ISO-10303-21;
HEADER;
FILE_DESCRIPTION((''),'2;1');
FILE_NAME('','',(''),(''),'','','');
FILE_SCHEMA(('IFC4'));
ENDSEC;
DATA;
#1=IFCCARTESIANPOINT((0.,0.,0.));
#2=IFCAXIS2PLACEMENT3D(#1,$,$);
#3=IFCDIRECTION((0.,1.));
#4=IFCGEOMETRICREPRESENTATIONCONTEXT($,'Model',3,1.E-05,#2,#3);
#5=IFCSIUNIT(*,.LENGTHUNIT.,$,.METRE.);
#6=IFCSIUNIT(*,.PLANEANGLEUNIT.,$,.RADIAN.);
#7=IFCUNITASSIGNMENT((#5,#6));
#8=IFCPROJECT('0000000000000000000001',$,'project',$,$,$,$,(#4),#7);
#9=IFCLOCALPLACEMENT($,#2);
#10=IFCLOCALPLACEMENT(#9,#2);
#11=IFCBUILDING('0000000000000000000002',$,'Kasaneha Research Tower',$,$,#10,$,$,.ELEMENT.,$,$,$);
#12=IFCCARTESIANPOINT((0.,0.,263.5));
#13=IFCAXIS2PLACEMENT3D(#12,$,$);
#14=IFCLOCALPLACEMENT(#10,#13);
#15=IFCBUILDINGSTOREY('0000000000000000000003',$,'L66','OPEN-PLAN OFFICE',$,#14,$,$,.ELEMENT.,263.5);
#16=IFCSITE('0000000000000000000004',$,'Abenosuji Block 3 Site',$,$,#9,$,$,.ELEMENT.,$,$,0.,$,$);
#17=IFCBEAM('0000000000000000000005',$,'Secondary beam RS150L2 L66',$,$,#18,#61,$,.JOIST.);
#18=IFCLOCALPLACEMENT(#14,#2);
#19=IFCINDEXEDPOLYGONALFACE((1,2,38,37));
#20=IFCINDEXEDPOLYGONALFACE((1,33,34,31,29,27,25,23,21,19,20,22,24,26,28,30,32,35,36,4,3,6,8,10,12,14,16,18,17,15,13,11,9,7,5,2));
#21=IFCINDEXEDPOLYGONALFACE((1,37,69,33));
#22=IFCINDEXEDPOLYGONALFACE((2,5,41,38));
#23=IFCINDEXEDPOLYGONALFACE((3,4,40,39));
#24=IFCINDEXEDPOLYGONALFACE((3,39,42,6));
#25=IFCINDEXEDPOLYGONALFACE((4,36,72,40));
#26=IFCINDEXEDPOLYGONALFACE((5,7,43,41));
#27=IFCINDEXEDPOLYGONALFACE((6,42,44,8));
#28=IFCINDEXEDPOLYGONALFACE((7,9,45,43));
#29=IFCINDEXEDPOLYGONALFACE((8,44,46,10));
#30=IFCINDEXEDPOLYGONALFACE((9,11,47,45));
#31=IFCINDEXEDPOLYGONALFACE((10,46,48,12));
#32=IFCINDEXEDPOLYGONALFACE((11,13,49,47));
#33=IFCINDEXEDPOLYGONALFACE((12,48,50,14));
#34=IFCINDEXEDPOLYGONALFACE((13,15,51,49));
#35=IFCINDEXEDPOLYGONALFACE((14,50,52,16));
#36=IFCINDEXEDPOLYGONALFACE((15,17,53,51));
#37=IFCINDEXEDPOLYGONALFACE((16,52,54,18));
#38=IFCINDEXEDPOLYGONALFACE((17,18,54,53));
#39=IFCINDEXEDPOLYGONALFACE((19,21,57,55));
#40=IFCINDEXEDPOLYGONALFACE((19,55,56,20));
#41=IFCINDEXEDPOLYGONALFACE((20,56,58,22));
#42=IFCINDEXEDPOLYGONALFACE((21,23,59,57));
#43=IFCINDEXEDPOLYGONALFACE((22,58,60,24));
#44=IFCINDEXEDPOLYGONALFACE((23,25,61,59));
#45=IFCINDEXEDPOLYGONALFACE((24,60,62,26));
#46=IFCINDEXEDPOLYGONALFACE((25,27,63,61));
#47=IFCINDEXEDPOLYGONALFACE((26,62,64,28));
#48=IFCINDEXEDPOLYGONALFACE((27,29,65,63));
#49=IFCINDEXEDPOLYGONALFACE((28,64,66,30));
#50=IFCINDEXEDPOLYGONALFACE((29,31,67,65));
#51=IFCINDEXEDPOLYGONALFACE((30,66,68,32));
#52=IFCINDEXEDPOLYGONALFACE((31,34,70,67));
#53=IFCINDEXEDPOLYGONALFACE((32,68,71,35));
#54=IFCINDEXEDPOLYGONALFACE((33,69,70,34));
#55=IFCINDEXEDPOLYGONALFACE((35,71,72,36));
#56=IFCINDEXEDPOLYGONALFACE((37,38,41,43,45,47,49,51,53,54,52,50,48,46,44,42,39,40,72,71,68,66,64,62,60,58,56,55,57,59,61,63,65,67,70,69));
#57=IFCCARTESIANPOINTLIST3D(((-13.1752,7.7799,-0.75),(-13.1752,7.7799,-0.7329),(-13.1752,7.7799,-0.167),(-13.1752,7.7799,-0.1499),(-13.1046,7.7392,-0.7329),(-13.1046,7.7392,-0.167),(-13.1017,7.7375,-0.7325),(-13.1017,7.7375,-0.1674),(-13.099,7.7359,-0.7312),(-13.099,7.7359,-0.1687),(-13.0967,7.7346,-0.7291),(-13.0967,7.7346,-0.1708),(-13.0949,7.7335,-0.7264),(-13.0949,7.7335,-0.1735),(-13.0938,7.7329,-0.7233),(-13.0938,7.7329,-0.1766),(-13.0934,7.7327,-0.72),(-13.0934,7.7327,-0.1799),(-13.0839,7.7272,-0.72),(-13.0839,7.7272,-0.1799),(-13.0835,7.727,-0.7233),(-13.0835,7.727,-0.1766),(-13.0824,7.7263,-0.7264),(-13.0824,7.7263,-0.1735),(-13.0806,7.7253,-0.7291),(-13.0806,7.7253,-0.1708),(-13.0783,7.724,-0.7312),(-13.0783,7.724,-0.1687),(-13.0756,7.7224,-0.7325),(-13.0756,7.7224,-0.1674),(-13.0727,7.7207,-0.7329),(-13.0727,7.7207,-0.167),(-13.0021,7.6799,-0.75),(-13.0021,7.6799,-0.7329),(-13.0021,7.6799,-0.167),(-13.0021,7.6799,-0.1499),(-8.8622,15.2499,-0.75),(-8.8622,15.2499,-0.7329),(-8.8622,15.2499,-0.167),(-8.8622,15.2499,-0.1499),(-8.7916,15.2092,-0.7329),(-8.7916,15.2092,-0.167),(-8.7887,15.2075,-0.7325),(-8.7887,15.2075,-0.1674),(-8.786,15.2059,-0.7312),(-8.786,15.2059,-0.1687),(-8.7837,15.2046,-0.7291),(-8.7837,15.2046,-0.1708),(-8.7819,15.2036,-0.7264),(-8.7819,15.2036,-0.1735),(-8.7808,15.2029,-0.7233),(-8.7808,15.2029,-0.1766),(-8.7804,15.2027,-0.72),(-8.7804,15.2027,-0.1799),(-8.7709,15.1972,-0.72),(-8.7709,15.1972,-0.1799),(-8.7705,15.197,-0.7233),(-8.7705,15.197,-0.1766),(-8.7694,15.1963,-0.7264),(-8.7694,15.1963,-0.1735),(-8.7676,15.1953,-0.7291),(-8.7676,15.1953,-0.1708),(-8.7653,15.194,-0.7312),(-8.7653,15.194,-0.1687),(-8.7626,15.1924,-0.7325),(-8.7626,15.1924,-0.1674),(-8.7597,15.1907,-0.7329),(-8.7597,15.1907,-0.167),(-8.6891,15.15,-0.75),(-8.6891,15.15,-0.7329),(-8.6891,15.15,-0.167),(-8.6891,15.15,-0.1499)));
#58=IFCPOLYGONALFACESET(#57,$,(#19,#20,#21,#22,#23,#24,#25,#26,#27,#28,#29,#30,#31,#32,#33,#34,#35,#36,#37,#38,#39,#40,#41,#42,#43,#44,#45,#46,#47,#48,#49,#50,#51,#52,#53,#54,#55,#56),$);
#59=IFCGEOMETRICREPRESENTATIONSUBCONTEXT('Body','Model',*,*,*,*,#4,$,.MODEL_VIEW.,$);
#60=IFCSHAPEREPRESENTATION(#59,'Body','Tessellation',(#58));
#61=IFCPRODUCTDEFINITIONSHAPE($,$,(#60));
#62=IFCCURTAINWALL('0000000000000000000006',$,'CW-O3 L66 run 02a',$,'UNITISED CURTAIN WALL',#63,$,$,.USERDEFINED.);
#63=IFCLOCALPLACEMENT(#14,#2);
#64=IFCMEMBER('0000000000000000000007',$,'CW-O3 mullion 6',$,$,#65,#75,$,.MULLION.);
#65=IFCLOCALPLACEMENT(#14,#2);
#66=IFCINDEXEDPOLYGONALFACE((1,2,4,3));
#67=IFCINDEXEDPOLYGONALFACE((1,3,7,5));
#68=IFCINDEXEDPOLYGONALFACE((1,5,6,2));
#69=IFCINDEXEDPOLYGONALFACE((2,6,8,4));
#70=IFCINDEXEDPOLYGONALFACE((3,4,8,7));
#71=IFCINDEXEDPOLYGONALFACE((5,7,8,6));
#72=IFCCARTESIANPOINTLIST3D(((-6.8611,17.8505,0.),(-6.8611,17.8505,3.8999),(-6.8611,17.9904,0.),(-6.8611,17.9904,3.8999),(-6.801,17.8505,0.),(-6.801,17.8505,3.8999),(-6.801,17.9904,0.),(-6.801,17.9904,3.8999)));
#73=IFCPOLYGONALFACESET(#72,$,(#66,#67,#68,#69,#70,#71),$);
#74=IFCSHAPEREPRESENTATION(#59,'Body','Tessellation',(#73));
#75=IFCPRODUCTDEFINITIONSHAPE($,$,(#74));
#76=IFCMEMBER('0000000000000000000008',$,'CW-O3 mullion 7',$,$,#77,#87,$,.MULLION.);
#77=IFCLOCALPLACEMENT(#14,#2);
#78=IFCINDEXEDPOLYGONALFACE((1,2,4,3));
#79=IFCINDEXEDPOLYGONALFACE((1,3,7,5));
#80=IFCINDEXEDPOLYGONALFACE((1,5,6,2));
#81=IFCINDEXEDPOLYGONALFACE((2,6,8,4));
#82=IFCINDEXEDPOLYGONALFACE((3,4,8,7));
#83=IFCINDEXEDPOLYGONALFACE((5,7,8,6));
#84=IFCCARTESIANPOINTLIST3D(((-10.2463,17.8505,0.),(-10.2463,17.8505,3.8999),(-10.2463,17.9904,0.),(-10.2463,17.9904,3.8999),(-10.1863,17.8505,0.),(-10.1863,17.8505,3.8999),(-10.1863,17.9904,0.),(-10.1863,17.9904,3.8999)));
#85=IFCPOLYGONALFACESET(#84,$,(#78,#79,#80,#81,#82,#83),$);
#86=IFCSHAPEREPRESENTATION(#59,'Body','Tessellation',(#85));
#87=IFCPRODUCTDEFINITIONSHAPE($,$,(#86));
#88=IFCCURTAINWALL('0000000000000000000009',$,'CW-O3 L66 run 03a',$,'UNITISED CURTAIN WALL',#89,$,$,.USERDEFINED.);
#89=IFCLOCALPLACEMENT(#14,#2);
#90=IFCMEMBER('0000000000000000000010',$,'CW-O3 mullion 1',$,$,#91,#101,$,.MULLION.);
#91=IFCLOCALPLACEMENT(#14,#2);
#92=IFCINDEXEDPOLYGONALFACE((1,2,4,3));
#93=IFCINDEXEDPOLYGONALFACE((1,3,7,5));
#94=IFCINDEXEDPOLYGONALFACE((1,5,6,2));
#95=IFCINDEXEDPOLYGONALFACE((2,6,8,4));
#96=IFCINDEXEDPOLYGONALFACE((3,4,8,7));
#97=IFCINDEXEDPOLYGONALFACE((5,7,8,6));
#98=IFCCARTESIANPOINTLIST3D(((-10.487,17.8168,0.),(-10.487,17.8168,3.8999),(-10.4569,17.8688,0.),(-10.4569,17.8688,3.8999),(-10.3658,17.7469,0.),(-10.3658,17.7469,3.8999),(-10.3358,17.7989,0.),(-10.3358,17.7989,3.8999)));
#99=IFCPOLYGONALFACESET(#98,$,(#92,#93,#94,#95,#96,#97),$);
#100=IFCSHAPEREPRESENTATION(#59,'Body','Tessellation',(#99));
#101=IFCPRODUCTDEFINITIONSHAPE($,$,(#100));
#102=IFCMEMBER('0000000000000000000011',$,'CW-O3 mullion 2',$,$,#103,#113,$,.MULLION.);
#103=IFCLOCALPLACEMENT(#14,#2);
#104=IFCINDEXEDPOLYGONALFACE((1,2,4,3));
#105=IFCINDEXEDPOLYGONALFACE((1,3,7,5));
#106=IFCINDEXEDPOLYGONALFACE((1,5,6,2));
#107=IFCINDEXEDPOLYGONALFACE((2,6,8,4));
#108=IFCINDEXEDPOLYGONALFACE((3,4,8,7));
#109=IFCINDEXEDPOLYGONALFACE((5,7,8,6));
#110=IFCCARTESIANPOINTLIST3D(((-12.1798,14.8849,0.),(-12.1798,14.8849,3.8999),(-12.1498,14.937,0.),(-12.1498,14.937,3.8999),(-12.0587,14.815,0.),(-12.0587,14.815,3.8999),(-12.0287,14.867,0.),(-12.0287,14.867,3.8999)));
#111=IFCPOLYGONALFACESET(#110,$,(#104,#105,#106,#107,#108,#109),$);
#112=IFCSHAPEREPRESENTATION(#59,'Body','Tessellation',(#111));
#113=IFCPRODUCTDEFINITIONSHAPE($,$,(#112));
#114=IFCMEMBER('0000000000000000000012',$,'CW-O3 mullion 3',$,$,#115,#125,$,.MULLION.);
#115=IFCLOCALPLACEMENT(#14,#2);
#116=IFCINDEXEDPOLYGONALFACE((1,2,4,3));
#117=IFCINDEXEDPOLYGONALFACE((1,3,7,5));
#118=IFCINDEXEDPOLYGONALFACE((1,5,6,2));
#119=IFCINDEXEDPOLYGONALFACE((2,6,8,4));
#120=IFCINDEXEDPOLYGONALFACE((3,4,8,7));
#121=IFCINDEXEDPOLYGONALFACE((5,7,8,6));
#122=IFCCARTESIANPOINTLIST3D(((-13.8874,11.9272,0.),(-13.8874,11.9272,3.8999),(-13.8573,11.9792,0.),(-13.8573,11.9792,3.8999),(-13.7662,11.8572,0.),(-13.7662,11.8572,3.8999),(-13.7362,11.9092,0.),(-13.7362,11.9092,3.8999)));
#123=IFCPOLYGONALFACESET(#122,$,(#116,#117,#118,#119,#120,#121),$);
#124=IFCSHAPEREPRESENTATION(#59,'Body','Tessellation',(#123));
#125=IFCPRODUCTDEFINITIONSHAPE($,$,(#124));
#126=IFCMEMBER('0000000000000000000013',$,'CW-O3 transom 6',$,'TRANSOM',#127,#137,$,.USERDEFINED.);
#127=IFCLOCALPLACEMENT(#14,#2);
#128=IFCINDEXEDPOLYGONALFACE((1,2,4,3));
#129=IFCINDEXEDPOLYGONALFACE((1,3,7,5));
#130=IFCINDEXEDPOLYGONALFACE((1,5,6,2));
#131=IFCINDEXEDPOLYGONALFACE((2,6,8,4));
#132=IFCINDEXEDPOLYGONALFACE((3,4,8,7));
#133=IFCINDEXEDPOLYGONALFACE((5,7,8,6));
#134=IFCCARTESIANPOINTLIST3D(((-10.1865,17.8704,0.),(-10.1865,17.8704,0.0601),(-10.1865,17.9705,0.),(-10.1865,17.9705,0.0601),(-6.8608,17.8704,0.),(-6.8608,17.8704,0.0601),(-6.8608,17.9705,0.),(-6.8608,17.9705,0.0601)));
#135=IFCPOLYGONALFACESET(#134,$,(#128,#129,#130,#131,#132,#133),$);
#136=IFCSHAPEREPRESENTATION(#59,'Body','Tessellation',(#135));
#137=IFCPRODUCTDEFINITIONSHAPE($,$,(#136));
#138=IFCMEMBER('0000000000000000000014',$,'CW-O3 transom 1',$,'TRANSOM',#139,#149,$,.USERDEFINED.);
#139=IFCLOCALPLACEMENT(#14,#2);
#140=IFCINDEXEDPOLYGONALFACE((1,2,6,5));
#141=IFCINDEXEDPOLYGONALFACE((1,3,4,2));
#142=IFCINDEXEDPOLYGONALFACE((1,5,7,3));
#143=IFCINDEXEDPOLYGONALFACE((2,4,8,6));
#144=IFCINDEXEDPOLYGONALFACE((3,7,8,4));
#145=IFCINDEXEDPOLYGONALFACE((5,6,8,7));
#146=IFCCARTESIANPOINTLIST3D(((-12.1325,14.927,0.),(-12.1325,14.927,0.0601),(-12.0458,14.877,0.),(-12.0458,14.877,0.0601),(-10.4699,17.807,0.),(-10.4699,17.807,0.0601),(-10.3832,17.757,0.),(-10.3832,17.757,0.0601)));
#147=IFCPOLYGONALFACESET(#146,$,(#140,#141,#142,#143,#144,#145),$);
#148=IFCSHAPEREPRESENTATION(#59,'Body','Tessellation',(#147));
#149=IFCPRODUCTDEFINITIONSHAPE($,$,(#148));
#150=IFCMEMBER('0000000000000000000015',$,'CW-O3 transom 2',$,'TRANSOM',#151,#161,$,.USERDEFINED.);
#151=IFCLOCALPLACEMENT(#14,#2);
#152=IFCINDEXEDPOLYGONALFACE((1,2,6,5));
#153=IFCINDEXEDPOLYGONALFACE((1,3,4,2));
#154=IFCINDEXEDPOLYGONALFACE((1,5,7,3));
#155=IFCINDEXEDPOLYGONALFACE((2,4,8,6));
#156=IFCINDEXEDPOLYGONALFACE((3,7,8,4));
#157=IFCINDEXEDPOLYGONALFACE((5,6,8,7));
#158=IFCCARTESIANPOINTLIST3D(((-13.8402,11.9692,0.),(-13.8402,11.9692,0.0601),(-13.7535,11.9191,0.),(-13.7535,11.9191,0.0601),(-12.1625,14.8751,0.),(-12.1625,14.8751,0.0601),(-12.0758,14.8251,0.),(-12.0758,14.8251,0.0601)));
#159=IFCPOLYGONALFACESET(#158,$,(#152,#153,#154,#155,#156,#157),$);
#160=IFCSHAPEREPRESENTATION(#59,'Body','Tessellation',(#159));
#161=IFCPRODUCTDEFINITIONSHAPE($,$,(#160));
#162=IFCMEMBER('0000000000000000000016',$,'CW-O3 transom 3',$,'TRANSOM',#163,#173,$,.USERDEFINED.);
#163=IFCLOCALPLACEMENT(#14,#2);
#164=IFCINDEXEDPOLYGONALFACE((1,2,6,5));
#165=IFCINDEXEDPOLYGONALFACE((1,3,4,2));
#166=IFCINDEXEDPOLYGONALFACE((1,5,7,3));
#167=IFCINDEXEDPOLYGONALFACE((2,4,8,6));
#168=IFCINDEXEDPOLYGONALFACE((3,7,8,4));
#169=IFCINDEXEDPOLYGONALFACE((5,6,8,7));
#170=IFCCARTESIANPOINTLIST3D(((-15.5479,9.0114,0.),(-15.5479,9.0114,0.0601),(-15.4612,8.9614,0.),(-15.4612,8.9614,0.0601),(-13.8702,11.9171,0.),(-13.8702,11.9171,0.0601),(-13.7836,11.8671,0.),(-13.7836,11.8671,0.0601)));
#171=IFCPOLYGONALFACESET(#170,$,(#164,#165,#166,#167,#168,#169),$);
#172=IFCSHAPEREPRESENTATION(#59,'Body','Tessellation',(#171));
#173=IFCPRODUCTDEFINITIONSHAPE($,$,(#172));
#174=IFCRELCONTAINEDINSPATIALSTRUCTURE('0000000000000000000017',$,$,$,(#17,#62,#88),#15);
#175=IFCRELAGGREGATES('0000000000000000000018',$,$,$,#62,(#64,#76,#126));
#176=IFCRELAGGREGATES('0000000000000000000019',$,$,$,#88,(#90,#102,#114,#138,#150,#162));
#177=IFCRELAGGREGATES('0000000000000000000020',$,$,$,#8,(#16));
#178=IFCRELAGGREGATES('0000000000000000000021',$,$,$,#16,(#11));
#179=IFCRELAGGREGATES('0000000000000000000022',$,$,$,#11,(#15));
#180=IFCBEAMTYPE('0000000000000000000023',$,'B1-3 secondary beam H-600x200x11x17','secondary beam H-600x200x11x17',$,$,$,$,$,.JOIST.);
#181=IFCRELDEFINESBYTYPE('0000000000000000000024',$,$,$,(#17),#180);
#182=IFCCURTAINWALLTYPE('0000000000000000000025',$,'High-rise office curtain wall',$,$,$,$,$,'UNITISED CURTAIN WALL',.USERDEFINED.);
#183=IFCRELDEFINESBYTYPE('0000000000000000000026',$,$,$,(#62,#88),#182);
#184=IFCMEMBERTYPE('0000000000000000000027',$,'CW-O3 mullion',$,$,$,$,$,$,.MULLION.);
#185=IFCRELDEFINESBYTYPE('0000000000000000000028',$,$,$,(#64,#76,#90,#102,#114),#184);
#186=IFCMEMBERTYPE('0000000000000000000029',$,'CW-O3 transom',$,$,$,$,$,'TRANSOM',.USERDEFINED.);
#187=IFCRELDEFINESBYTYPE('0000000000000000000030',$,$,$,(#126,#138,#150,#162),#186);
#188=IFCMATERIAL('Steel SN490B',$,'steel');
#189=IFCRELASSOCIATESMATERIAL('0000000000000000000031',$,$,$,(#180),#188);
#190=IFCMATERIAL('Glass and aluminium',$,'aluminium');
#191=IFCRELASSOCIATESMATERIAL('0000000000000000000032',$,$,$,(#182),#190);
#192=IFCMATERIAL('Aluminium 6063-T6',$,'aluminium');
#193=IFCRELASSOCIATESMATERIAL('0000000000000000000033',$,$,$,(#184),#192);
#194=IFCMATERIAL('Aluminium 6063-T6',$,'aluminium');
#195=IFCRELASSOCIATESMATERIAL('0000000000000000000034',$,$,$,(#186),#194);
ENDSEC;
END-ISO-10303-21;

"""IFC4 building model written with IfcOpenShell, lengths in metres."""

from ifc_helpers import new_model, si_unit, direction, frame, origin, origin_2d, place, context, subcontext, project, spatial, rectangle, i_section, extrude, material, material_profile, profile_set, type_object, element, aggregate, save


model = new_model("IFC4")

# Units and contexts
model_context = context("Model", 3, precision=1e-05, world=origin(), true_north=direction((0.0, 1.0)))
body_context = subcontext(model_context, "Body", "Model", "MODEL_VIEW")
ifc_project = project(units=[si_unit("LENGTHUNIT", "METRE"), si_unit("PLANEANGLEUNIT", "RADIAN")], contexts=[model_context])

# Site, building, storey
site_placement = place(None, origin())
site = spatial("IfcSite", under=ifc_project, at=site_placement, Name="Abenosuji Block 3 Site", CompositionType="ELEMENT", RefElevation=0.0)
building_placement = place(site_placement, origin())
building = spatial("IfcBuilding", under=site, at=building_placement, Name="Kasaneha Research Tower", CompositionType="ELEMENT")
storey_placement = place(building_placement, frame((0.0, 0.0, 263.5)))
storey = spatial("IfcBuildingStorey", under=building, at=storey_placement, Name="L66", Description="OPEN-PLAN OFFICE", CompositionType="ELEMENT", Elevation=263.5)

# Beam
ifc_material_1 = material(Name="Steel SN490B", Category="steel")
ifc_material_profile_1 = material_profile(ifc_material_1, i_section(OverallWidth=0.2, OverallDepth=0.6001, WebThickness=0.011, FlangeThickness=0.0171, FilletRadius=0.0129, at=origin_2d()), Name="H-600x200x11x17")
ifc_profile_set_1 = profile_set([ifc_material_profile_1], Name="Steel SN490B")
beam_type_1 = type_object("IfcBeamType", Name="B1-3 secondary beam H-600x200x11x17", Description="secondary beam H-600x200x11x17", PredefinedType="JOIST", material=ifc_profile_set_1)
beam_1_placement = place(storey_placement, frame((-8.7756, 15.2, -0.45), z_axis=(-0.500017, -0.866015, 0.0), x_axis=(0.866015, -0.500017, 0.0)))
element("IfcBeam", 1, at=beam_1_placement, inside=storey, type_object=beam_type_1, Name="Secondary beam RS150L2 L66", PredefinedType="JOIST", context=body_context, shape_type="SweptSolid", body=[
    extrude(i_section(OverallWidth=0.2, OverallDepth=0.6001, WebThickness=0.011, FlangeThickness=0.0171, FilletRadius=0.0129, at=origin_2d()), origin(), (0.0, 0.0, 1.0), 8.6257),
])

# Curtain walls, members
ifc_material_2 = material(Name="Glass and aluminium", Category="aluminium")
curtain_wall_type = type_object("IfcCurtainWallType", Name="High-rise office curtain wall", ElementType="UNITISED CURTAIN WALL", PredefinedType="USERDEFINED", material=ifc_material_2)
curtain_wall_1_placement = place(storey_placement, origin())
curtain_wall_1 = element("IfcCurtainWall", 2, at=curtain_wall_1_placement, inside=storey, type_object=curtain_wall_type, Name="CW-O3 L66 run 02a", ObjectType="UNITISED CURTAIN WALL", PredefinedType="USERDEFINED")
ifc_material_3 = material(Name="Aluminium 6063-T6", Category="aluminium")
ifc_material_profile_2 = material_profile(ifc_material_3, rectangle(XDim=0.0601, YDim=0.1399, at=origin_2d()), Name="CW-O3 mullion 60x140")
ifc_profile_set_2 = profile_set([ifc_material_profile_2], Name="Aluminium 6063-T6")
member_type_1 = type_object("IfcMemberType", Name="CW-O3 mullion", PredefinedType="MULLION", material=ifc_profile_set_2)
member_1_placement = place(storey_placement, frame((-6.8311, 17.9204, 0.0), z_axis=(0.0, 0.0, 1.0), x_axis=(-1.0, 0.0, 0.0)))
member_1 = element("IfcMember", 3, at=member_1_placement, type_object=member_type_1, Name="CW-O3 mullion 6", PredefinedType="MULLION", context=body_context, shape_type="SweptSolid", body=[
    extrude(rectangle(XDim=0.0601, YDim=0.1399, at=origin_2d()), origin(), (0.0, 0.0, 1.0), 3.8999),
])
member_2_placement = place(storey_placement, frame((-10.2163, 17.9204, 0.0), z_axis=(0.0, 0.0, 1.0), x_axis=(-1.0, 0.0, 0.0)))
member_2 = element("IfcMember", 4, at=member_2_placement, type_object=member_type_1, Name="CW-O3 mullion 7", PredefinedType="MULLION", context=body_context, shape_type="SweptSolid", body=[
    extrude(rectangle(XDim=0.0601, YDim=0.1399, at=origin_2d()), origin(), (0.0, 0.0, 1.0), 3.8999),
])
curtain_wall_2_placement = place(storey_placement, origin())
curtain_wall_2 = element("IfcCurtainWall", 5, at=curtain_wall_2_placement, inside=storey, type_object=curtain_wall_type, Name="CW-O3 L66 run 03a", ObjectType="UNITISED CURTAIN WALL", PredefinedType="USERDEFINED")
member_3_placement = place(storey_placement, frame((-10.4114, 17.8079, 0.0), z_axis=(0.0, 0.0, 1.0), x_axis=(-0.5, -0.866025, 0.0)))
member_3 = element("IfcMember", 6, at=member_3_placement, type_object=member_type_1, Name="CW-O3 mullion 1", PredefinedType="MULLION", context=body_context, shape_type="SweptSolid", body=[
    extrude(rectangle(XDim=0.0601, YDim=0.1399, at=origin_2d()), origin(), (0.0, 0.0, 1.0), 3.8999),
])
member_4_placement = place(storey_placement, frame((-12.1042, 14.876, 0.0), z_axis=(0.0, 0.0, 1.0), x_axis=(-0.5, -0.866025, 0.0)))
member_4 = element("IfcMember", 7, at=member_4_placement, type_object=member_type_1, Name="CW-O3 mullion 2", PredefinedType="MULLION", context=body_context, shape_type="SweptSolid", body=[
    extrude(rectangle(XDim=0.0601, YDim=0.1399, at=origin_2d()), origin(), (0.0, 0.0, 1.0), 3.8999),
])
member_5_placement = place(storey_placement, frame((-13.8118, 11.9182, 0.0), z_axis=(0.0, 0.0, 1.0), x_axis=(-0.5, -0.866025, 0.0)))
member_5 = element("IfcMember", 8, at=member_5_placement, type_object=member_type_1, Name="CW-O3 mullion 3", PredefinedType="MULLION", context=body_context, shape_type="SweptSolid", body=[
    extrude(rectangle(XDim=0.0601, YDim=0.1399, at=origin_2d()), origin(), (0.0, 0.0, 1.0), 3.8999),
])

# Members
ifc_material_4 = material(Name="Aluminium 6063-T6", Category="aluminium")
ifc_material_profile_3 = material_profile(ifc_material_4, rectangle(XDim=0.1001, YDim=0.0601, at=origin_2d()), Name="CW-O3 transom 100x60")
ifc_profile_set_3 = profile_set([ifc_material_profile_3], Name="Aluminium 6063-T6")
member_type_2 = type_object("IfcMemberType", Name="CW-O3 transom", ElementType="TRANSOM", PredefinedType="USERDEFINED", material=ifc_profile_set_3)
member_6_placement = place(storey_placement, frame((-6.8608, 17.9204, 0.03), z_axis=(-1.0, 0.0, 0.0), x_axis=(0.0, -1.0, 0.0)))
member_6 = element("IfcMember", 9, at=member_6_placement, type_object=member_type_2, Name="CW-O3 transom 6", ObjectType="TRANSOM", PredefinedType="USERDEFINED", context=body_context, shape_type="SweptSolid", body=[
    extrude(rectangle(XDim=0.1001, YDim=0.0601, at=origin_2d()), origin(), (0.0, 0.0, 1.0), 3.3257),
])
member_7_placement = place(storey_placement, frame((-10.4265, 17.782, 0.03), z_axis=(-0.499977, -0.866039, 0.0), x_axis=(0.866039, -0.499977, 0.0)))
member_7 = element("IfcMember", 10, at=member_7_placement, type_object=member_type_2, Name="CW-O3 transom 1", ObjectType="TRANSOM", PredefinedType="USERDEFINED", context=body_context, shape_type="SweptSolid", body=[
    extrude(rectangle(XDim=0.1001, YDim=0.0601, at=origin_2d()), origin(), (0.0, 0.0, 1.0), 3.3254),
])
member_8_placement = place(storey_placement, frame((-12.1191, 14.8501, 0.03), z_axis=(-0.499989, -0.866032, 0.0), x_axis=(0.866032, -0.499989, 0.0)))
member_8 = element("IfcMember", 11, at=member_8_placement, type_object=member_type_2, Name="CW-O3 transom 2", ObjectType="TRANSOM", PredefinedType="USERDEFINED", context=body_context, shape_type="SweptSolid", body=[
    extrude(rectangle(XDim=0.1001, YDim=0.0601, at=origin_2d()), origin(), (0.0, 0.0, 1.0), 3.3555),
])
member_9_placement = place(storey_placement, frame((-13.8269, 11.8921, 0.03), z_axis=(-0.500021, -0.866014, 0.0), x_axis=(0.866014, -0.500021, 0.0)))
member_9 = element("IfcMember", 12, at=member_9_placement, type_object=member_type_2, Name="CW-O3 transom 3", ObjectType="TRANSOM", PredefinedType="USERDEFINED", context=body_context, shape_type="SweptSolid", body=[
    extrude(rectangle(XDim=0.1001, YDim=0.0601, at=origin_2d()), origin(), (0.0, 0.0, 1.0), 3.3552),
])

aggregate(curtain_wall_1, [member_1, member_2, member_6])
aggregate(curtain_wall_2, [member_3, member_4, member_5, member_7, member_8, member_9])

save(model, "model.ifc")
